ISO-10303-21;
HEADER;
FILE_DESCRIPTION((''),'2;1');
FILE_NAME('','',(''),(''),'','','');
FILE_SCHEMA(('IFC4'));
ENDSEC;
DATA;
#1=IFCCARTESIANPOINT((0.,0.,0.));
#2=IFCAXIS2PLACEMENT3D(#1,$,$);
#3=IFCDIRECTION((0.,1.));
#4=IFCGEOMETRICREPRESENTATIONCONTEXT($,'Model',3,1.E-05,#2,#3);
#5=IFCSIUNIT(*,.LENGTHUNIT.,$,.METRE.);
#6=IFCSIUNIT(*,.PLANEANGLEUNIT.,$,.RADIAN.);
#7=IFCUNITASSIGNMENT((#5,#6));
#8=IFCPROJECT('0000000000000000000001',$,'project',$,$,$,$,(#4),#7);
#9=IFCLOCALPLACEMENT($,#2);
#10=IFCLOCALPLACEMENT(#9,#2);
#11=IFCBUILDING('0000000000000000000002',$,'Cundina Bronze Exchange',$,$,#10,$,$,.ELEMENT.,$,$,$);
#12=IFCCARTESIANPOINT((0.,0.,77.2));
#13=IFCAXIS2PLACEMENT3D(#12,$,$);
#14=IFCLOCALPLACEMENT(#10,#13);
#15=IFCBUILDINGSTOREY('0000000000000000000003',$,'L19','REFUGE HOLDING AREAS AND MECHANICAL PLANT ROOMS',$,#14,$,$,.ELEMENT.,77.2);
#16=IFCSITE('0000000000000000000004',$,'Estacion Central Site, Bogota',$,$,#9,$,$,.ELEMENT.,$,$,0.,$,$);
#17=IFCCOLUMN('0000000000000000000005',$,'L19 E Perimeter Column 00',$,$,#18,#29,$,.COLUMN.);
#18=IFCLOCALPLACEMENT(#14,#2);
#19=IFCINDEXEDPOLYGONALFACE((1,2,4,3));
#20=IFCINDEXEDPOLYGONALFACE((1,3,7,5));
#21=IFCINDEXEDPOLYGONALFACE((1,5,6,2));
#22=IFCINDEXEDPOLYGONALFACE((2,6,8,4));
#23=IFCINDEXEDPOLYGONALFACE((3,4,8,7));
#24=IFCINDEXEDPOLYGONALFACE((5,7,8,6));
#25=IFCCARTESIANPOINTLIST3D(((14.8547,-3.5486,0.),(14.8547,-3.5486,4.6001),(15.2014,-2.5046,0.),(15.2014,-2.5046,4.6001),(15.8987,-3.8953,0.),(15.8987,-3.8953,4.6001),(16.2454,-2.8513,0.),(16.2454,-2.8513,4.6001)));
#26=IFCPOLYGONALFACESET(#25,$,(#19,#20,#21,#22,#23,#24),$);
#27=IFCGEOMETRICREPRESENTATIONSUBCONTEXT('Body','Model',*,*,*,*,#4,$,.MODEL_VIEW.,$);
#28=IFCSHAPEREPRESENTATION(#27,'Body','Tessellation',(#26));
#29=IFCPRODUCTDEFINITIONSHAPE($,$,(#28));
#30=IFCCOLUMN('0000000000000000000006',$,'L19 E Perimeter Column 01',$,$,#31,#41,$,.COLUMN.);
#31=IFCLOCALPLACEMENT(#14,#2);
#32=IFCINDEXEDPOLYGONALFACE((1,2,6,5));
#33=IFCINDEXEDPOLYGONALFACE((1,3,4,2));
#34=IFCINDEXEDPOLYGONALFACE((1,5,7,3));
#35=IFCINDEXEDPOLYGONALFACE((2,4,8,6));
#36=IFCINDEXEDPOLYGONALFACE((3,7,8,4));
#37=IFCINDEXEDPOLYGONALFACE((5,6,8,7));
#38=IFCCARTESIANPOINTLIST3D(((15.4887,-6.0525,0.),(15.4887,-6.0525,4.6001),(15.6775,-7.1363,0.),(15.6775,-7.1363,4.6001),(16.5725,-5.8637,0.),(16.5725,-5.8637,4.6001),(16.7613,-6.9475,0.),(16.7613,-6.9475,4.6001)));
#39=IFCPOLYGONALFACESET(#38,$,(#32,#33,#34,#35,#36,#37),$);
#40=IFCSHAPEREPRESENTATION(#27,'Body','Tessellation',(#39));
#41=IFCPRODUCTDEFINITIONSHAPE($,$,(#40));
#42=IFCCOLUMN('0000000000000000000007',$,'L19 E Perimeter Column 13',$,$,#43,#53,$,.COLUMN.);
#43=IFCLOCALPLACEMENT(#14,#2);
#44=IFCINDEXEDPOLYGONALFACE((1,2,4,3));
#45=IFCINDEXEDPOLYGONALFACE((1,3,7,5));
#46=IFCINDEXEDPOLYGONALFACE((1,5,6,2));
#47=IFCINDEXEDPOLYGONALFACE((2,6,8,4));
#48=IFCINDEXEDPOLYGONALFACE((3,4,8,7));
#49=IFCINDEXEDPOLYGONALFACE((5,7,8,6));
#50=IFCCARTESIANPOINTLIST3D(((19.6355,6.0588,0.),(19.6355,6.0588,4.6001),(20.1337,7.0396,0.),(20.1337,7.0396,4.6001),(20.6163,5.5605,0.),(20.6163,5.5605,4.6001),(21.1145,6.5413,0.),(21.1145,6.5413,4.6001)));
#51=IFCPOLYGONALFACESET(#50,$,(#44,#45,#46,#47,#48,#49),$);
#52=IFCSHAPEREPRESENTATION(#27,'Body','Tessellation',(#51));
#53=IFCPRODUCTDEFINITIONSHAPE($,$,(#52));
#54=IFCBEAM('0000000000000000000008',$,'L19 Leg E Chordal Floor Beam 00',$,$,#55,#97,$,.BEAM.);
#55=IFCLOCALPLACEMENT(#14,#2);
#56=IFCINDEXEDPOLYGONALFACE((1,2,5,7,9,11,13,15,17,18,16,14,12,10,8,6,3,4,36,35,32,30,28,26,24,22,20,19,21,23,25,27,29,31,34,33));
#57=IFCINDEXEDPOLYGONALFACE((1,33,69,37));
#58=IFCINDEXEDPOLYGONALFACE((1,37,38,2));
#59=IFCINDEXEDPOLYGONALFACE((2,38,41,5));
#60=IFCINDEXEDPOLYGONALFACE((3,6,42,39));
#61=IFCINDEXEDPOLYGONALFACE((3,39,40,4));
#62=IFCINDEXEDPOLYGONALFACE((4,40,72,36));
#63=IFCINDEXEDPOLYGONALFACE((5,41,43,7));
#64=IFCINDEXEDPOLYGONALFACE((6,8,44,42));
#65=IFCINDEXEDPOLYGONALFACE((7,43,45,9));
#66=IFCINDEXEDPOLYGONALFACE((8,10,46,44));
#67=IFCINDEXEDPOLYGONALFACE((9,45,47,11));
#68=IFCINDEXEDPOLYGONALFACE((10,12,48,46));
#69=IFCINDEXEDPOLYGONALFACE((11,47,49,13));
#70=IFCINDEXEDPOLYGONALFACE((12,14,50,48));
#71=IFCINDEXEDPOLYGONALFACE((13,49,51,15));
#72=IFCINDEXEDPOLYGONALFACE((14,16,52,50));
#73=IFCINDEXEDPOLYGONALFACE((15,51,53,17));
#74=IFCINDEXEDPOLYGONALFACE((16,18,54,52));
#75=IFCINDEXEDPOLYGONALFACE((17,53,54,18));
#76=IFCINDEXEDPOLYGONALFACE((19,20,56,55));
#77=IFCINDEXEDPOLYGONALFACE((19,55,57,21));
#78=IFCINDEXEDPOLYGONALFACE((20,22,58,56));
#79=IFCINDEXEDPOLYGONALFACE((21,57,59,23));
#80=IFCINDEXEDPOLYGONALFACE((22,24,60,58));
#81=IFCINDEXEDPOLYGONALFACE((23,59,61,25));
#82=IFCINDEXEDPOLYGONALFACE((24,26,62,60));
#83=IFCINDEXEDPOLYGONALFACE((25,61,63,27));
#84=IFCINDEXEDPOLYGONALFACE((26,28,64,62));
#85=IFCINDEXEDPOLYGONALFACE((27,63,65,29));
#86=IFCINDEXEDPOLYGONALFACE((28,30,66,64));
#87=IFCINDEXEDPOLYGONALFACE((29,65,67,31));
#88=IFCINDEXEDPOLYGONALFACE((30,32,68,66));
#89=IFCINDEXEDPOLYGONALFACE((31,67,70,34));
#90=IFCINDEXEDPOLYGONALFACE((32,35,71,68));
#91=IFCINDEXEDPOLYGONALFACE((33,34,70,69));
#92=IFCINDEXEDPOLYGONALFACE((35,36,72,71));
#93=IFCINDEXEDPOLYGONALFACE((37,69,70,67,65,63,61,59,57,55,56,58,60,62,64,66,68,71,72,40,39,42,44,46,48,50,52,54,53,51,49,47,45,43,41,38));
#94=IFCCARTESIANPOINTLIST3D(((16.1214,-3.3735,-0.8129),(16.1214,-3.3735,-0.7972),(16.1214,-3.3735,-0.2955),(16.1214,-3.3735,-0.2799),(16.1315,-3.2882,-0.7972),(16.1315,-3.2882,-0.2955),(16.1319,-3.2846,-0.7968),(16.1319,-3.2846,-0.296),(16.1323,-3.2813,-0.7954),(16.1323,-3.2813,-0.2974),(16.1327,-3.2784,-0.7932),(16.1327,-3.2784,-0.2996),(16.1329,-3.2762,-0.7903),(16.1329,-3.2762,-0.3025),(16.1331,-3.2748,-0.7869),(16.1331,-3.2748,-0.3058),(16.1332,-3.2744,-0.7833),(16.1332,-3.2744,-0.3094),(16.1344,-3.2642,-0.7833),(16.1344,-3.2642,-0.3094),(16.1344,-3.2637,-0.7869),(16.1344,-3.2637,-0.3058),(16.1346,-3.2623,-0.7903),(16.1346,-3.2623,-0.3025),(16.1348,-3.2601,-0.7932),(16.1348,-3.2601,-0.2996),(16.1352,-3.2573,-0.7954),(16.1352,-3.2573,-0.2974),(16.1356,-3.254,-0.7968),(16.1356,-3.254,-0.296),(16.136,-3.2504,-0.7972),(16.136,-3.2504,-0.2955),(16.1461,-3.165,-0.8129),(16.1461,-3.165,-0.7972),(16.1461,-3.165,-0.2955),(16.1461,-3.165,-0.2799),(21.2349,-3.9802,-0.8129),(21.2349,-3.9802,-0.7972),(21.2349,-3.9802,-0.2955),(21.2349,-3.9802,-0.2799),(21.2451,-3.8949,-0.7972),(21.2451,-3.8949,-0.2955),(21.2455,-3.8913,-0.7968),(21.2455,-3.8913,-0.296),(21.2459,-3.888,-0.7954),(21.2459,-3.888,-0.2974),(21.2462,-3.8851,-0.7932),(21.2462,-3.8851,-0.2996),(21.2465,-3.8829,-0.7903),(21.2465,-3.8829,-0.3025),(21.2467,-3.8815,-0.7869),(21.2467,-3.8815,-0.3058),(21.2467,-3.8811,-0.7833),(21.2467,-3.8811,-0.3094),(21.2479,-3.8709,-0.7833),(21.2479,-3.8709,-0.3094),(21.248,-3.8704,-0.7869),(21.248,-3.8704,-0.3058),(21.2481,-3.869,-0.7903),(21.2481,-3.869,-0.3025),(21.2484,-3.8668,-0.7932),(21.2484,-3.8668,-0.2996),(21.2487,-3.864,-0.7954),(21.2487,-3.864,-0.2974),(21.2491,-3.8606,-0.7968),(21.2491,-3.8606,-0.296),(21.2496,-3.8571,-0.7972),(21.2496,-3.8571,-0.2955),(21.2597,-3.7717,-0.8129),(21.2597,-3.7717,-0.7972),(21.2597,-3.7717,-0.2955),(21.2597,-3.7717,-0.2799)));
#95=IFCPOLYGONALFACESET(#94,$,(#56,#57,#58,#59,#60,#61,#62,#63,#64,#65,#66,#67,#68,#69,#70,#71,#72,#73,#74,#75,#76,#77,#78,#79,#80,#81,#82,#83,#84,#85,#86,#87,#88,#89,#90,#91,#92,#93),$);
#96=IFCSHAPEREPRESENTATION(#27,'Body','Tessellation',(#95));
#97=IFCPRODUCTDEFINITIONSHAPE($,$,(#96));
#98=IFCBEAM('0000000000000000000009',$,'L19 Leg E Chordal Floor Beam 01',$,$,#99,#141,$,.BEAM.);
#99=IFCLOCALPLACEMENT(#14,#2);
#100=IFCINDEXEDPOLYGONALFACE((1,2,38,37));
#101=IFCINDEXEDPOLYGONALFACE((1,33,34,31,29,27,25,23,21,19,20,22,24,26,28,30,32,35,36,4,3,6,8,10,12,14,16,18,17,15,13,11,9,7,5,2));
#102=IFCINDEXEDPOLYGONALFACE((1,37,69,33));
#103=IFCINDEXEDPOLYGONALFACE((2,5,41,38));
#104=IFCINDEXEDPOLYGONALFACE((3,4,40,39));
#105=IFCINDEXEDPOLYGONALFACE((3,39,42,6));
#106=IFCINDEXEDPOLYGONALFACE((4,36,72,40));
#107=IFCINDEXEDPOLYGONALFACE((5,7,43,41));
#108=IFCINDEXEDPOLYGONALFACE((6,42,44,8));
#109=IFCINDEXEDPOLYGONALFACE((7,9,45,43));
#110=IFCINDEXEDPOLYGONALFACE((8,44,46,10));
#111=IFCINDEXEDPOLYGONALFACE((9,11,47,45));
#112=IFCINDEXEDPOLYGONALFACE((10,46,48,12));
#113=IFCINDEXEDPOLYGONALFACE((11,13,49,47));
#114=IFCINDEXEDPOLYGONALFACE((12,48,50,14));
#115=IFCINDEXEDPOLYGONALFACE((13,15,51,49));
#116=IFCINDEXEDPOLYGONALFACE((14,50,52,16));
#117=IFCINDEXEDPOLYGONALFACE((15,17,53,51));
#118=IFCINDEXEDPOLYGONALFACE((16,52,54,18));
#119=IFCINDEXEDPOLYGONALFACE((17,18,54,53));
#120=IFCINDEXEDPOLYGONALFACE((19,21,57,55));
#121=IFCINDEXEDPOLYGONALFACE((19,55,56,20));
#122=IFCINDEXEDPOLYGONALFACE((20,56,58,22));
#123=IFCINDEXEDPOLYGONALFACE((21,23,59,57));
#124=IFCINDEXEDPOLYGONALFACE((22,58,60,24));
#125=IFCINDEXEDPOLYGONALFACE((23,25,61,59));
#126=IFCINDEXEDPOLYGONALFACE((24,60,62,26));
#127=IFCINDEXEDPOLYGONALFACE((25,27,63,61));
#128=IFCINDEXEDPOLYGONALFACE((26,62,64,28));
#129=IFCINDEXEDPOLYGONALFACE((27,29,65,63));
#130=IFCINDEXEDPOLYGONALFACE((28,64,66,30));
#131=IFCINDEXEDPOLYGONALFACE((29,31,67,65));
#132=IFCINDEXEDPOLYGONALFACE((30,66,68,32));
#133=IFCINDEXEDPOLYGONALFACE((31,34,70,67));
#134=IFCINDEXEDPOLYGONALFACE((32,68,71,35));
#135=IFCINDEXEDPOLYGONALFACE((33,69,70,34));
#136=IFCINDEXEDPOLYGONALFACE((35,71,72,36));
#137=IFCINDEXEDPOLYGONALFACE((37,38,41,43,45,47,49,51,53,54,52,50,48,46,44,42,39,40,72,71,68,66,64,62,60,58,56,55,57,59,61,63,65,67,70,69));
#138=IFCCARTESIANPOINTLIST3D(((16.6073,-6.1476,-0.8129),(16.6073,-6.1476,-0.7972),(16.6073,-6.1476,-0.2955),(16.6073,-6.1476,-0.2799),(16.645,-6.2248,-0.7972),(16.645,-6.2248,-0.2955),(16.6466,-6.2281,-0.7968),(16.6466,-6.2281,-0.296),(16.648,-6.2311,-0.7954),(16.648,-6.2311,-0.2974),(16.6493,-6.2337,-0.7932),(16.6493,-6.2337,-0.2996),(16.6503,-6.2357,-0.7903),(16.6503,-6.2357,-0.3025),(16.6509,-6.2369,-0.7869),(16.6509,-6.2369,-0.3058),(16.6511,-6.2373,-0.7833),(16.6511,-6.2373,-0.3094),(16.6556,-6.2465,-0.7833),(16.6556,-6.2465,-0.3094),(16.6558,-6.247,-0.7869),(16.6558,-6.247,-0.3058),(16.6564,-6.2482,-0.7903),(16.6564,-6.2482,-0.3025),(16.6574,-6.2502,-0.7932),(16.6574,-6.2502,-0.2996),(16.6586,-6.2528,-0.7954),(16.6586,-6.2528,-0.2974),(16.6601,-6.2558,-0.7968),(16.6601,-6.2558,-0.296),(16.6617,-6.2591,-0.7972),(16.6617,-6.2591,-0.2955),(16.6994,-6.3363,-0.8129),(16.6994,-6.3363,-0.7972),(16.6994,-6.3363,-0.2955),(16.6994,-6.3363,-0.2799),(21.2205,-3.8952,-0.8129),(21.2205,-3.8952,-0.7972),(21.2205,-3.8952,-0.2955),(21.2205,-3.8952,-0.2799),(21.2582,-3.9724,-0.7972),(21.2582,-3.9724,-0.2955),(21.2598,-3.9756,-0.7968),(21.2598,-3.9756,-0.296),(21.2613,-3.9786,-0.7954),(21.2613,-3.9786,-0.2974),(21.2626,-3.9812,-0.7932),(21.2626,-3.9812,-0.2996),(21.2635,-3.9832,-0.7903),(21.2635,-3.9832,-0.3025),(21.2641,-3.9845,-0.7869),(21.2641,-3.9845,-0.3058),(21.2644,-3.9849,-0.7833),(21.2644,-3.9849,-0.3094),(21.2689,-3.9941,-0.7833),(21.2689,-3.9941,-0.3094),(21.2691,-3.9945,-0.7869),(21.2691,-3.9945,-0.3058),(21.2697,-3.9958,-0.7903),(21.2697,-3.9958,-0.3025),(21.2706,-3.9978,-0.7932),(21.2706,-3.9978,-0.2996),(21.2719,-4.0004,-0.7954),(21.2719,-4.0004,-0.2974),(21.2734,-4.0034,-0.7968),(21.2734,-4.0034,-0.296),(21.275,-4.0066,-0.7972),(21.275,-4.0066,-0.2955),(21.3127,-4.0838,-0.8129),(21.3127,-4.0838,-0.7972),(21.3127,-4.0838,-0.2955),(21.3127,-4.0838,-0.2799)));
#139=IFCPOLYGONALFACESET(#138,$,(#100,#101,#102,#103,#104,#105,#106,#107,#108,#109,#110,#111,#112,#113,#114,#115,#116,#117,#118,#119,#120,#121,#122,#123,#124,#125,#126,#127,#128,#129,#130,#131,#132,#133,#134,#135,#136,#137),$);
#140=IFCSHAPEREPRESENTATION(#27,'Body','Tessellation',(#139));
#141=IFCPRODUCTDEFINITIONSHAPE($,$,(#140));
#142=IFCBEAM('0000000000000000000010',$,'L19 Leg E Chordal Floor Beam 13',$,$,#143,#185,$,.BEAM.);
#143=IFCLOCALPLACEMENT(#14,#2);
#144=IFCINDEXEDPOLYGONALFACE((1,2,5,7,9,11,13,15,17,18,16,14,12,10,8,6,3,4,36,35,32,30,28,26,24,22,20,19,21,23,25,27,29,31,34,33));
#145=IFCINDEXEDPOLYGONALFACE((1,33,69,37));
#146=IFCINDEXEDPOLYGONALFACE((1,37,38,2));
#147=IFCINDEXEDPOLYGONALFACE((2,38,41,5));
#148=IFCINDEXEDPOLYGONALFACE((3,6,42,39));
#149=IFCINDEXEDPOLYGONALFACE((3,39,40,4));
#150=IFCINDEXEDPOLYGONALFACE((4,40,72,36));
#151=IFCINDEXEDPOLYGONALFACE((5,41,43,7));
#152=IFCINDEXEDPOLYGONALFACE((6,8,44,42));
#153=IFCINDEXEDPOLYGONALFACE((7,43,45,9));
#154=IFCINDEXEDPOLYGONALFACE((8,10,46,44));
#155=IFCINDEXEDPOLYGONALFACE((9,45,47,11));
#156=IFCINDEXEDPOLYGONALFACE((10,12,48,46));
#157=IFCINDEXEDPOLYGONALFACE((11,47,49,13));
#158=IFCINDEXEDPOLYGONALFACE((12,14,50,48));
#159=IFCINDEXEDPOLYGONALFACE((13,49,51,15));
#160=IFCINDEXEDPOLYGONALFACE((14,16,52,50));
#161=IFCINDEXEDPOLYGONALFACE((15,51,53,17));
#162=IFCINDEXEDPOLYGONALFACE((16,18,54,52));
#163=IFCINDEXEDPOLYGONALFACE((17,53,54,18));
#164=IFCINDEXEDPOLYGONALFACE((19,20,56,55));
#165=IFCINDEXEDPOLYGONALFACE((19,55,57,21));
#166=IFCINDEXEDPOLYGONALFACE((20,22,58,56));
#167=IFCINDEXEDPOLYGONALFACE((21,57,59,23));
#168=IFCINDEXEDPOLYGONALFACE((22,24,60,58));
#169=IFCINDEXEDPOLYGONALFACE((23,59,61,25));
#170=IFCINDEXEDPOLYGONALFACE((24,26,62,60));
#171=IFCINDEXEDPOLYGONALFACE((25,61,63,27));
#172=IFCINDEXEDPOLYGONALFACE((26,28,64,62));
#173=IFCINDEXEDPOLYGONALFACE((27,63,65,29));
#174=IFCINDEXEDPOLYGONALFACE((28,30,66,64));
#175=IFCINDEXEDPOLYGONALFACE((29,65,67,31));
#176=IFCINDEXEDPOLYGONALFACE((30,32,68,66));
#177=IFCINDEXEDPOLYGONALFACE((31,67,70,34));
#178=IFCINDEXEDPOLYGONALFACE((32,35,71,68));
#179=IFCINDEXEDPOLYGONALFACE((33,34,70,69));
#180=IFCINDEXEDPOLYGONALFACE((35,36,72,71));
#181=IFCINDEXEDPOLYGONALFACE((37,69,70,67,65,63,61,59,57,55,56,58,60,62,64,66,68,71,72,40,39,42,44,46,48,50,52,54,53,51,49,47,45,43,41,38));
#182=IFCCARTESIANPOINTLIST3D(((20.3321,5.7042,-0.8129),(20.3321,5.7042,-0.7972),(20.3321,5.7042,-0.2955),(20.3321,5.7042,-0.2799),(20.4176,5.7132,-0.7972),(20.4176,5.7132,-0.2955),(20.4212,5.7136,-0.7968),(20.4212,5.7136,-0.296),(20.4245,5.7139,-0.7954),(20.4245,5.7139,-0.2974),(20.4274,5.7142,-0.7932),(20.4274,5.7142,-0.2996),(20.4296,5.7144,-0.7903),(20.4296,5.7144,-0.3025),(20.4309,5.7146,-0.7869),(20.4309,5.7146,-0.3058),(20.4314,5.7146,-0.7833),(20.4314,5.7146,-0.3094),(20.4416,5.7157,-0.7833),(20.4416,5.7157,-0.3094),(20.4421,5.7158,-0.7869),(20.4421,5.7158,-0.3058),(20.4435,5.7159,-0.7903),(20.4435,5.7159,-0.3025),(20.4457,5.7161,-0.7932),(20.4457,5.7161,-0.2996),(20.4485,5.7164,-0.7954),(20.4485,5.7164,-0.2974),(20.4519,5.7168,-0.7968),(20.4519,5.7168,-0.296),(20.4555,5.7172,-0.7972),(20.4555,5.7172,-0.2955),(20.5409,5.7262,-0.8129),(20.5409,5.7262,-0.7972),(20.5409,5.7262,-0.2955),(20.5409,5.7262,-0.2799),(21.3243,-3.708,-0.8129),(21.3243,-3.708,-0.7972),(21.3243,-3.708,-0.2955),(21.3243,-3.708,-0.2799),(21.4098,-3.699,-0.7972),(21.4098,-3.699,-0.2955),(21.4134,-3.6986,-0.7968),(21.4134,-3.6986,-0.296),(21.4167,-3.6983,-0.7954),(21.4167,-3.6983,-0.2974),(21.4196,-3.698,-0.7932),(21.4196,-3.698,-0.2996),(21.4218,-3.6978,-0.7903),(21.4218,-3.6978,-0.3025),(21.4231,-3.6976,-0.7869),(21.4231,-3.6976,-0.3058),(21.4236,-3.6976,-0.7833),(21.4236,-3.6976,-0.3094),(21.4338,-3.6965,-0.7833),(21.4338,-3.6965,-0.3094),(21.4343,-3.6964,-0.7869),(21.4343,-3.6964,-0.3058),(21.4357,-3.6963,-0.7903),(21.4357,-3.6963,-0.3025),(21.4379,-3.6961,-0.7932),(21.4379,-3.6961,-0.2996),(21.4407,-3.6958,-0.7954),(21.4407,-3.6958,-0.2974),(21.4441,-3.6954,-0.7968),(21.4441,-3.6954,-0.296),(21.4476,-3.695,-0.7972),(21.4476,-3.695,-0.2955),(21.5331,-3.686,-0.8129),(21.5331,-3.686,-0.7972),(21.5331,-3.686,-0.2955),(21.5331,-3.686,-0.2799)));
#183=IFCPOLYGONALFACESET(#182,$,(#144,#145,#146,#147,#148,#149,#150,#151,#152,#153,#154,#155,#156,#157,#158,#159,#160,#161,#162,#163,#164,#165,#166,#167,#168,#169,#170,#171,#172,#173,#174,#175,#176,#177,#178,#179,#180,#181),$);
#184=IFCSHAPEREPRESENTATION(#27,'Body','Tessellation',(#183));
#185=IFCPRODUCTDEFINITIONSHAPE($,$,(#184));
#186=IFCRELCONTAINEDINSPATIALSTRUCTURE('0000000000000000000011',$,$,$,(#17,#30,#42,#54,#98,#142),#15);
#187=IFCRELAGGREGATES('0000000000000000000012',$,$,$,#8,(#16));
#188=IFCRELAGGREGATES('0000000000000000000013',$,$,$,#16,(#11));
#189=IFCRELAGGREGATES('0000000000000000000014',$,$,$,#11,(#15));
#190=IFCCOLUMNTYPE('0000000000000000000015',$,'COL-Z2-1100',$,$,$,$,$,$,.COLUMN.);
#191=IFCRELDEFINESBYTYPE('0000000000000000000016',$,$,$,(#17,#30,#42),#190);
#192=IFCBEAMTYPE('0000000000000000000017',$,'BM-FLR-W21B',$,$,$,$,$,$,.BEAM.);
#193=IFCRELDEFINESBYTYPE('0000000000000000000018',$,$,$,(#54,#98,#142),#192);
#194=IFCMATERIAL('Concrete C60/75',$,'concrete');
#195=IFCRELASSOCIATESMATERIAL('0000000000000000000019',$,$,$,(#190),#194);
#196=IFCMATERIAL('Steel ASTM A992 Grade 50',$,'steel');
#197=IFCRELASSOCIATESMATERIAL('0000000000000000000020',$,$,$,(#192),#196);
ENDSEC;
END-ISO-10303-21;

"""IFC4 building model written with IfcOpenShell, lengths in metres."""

from ifc_helpers import new_model, si_unit, direction, frame, origin, origin_2d, place, context, subcontext, project, spatial, rectangle, i_section, extrude, material, material_profile, profile_set, type_object, element, save


model = new_model("IFC4")

# Units and contexts
model_context = context("Model", 3, precision=1e-05, world=origin(), true_north=direction((0.0, 1.0)))
body_context = subcontext(model_context, "Body", "Model", "MODEL_VIEW")
ifc_project = project(units=[si_unit("LENGTHUNIT", "METRE"), si_unit("PLANEANGLEUNIT", "RADIAN")], contexts=[model_context])

# Site, building, storey
site_placement = place(None, origin())
site = spatial("IfcSite", under=ifc_project, at=site_placement, Name="Estacion Central Site, Bogota", CompositionType="ELEMENT", RefElevation=0.0)
building_placement = place(site_placement, origin())
building = spatial("IfcBuilding", under=site, at=building_placement, Name="Cundina Bronze Exchange", CompositionType="ELEMENT")
storey_placement = place(building_placement, frame((0.0, 0.0, 77.2)))
storey = spatial("IfcBuildingStorey", under=building, at=storey_placement, Name="L19", Description="REFUGE HOLDING AREAS AND MECHANICAL PLANT ROOMS", CompositionType="ELEMENT", Elevation=77.2)

# Columns
ifc_material_1 = material(Name="Concrete C60/75", Category="concrete")
ifc_material_profile_1 = material_profile(ifc_material_1, rectangle(XDim=1.1001, YDim=1.1001, at=origin_2d()), Name="RC1100X1100", Category="concrete")
ifc_profile_set_1 = profile_set([ifc_material_profile_1], Name="Concrete C60/75")
column_type = type_object("IfcColumnType", Name="COL-Z2-1100", PredefinedType="COLUMN", material=ifc_profile_set_1)
for number, where, z_axis, x_axis, name in (
    (1, (15.55, -3.2, 0.0), (0.0, 0.0, 1.0), (-0.315152, -0.949041, 0.0), "L19 E Perimeter Column 00"),
    (2, (16.125, -6.5, 0.0), (0.0, 0.0, 1.0), (0.171585, -0.985169, 0.0), "L19 E Perimeter Column 01"),
    (3, (20.375, 6.3, 0.0), (0.0, 0.0, 1.0), (-0.452902, -0.891561, 0.0), "L19 E Perimeter Column 13"),
):
    element("IfcColumn", number, at=place(storey_placement, frame(where, z_axis=z_axis, x_axis=x_axis)), inside=storey, type_object=column_type, Name=name, PredefinedType="COLUMN", context=body_context, shape_type="SweptSolid", body=[
        extrude(rectangle(XDim=1.1001, YDim=1.1001, at=origin_2d()), origin(), (0.0, 0.0, 1.0), 4.6001),
    ])

# Beams
ifc_material_2 = material(Name="Steel ASTM A992 Grade 50", Category="steel")
ifc_material_profile_2 = material_profile(ifc_material_2, i_section(OverallWidth=0.21, OverallDepth=0.533, WebThickness=0.0103, FlangeThickness=0.0156, FilletRadius=0.0139, at=origin_2d()), Name="W21X62", Category="steel")
ifc_profile_set_2 = profile_set([ifc_material_profile_2], Name="Steel ASTM A992 Grade 50")
beam_type_1 = type_object("IfcBeamType", Name="BM-FLR-W21B", PredefinedType="BEAM", material=ifc_profile_set_2)
beam_1_placement = place(storey_placement, frame((21.2473, -3.876, -0.5464), z_axis=(-0.993035, 0.117818, 0.0), x_axis=(-0.117818, -0.993035, 0.0)))
element("IfcBeam", 4, at=beam_1_placement, inside=storey, type_object=beam_type_1, Name="L19 Leg E Chordal Floor Beam 00", PredefinedType="BEAM", context=body_context, shape_type="SweptSolid", body=[
    extrude(i_section(OverallWidth=0.21, OverallDepth=0.533, WebThickness=0.0103, FlangeThickness=0.0156, FilletRadius=0.0139, at=origin_2d()), origin(), (0.0, 0.0, 1.0), 5.1494),
])
beam_2_placement = place(storey_placement, frame((21.2666, -3.9895, -0.5464), z_axis=(-0.89861, -0.438748, 0.0), x_axis=(0.438748, -0.89861, 0.0)))
element("IfcBeam", 5, at=beam_2_placement, inside=storey, type_object=beam_type_1, Name="L19 Leg E Chordal Floor Beam 01", PredefinedType="BEAM", context=body_context, shape_type="SweptSolid", body=[
    extrude(i_section(OverallWidth=0.21, OverallDepth=0.533, WebThickness=0.0103, FlangeThickness=0.0156, FilletRadius=0.0139, at=origin_2d()), origin(), (0.0, 0.0, 1.0), 5.1338),
])
beam_3_placement = place(storey_placement, frame((21.4287, -3.697, -0.5464), z_axis=(-0.104835, 0.99449, 0.0), x_axis=(-0.99449, -0.104835, 0.0)))
element("IfcBeam", 6, at=beam_3_placement, inside=storey, type_object=beam_type_1, Name="L19 Leg E Chordal Floor Beam 13", PredefinedType="BEAM", context=body_context, shape_type="SweptSolid", body=[
    extrude(i_section(OverallWidth=0.21, OverallDepth=0.533, WebThickness=0.0103, FlangeThickness=0.0156, FilletRadius=0.0139, at=origin_2d()), origin(), (0.0, 0.0, 1.0), 9.4644),
])

save(model, "model.ifc")
